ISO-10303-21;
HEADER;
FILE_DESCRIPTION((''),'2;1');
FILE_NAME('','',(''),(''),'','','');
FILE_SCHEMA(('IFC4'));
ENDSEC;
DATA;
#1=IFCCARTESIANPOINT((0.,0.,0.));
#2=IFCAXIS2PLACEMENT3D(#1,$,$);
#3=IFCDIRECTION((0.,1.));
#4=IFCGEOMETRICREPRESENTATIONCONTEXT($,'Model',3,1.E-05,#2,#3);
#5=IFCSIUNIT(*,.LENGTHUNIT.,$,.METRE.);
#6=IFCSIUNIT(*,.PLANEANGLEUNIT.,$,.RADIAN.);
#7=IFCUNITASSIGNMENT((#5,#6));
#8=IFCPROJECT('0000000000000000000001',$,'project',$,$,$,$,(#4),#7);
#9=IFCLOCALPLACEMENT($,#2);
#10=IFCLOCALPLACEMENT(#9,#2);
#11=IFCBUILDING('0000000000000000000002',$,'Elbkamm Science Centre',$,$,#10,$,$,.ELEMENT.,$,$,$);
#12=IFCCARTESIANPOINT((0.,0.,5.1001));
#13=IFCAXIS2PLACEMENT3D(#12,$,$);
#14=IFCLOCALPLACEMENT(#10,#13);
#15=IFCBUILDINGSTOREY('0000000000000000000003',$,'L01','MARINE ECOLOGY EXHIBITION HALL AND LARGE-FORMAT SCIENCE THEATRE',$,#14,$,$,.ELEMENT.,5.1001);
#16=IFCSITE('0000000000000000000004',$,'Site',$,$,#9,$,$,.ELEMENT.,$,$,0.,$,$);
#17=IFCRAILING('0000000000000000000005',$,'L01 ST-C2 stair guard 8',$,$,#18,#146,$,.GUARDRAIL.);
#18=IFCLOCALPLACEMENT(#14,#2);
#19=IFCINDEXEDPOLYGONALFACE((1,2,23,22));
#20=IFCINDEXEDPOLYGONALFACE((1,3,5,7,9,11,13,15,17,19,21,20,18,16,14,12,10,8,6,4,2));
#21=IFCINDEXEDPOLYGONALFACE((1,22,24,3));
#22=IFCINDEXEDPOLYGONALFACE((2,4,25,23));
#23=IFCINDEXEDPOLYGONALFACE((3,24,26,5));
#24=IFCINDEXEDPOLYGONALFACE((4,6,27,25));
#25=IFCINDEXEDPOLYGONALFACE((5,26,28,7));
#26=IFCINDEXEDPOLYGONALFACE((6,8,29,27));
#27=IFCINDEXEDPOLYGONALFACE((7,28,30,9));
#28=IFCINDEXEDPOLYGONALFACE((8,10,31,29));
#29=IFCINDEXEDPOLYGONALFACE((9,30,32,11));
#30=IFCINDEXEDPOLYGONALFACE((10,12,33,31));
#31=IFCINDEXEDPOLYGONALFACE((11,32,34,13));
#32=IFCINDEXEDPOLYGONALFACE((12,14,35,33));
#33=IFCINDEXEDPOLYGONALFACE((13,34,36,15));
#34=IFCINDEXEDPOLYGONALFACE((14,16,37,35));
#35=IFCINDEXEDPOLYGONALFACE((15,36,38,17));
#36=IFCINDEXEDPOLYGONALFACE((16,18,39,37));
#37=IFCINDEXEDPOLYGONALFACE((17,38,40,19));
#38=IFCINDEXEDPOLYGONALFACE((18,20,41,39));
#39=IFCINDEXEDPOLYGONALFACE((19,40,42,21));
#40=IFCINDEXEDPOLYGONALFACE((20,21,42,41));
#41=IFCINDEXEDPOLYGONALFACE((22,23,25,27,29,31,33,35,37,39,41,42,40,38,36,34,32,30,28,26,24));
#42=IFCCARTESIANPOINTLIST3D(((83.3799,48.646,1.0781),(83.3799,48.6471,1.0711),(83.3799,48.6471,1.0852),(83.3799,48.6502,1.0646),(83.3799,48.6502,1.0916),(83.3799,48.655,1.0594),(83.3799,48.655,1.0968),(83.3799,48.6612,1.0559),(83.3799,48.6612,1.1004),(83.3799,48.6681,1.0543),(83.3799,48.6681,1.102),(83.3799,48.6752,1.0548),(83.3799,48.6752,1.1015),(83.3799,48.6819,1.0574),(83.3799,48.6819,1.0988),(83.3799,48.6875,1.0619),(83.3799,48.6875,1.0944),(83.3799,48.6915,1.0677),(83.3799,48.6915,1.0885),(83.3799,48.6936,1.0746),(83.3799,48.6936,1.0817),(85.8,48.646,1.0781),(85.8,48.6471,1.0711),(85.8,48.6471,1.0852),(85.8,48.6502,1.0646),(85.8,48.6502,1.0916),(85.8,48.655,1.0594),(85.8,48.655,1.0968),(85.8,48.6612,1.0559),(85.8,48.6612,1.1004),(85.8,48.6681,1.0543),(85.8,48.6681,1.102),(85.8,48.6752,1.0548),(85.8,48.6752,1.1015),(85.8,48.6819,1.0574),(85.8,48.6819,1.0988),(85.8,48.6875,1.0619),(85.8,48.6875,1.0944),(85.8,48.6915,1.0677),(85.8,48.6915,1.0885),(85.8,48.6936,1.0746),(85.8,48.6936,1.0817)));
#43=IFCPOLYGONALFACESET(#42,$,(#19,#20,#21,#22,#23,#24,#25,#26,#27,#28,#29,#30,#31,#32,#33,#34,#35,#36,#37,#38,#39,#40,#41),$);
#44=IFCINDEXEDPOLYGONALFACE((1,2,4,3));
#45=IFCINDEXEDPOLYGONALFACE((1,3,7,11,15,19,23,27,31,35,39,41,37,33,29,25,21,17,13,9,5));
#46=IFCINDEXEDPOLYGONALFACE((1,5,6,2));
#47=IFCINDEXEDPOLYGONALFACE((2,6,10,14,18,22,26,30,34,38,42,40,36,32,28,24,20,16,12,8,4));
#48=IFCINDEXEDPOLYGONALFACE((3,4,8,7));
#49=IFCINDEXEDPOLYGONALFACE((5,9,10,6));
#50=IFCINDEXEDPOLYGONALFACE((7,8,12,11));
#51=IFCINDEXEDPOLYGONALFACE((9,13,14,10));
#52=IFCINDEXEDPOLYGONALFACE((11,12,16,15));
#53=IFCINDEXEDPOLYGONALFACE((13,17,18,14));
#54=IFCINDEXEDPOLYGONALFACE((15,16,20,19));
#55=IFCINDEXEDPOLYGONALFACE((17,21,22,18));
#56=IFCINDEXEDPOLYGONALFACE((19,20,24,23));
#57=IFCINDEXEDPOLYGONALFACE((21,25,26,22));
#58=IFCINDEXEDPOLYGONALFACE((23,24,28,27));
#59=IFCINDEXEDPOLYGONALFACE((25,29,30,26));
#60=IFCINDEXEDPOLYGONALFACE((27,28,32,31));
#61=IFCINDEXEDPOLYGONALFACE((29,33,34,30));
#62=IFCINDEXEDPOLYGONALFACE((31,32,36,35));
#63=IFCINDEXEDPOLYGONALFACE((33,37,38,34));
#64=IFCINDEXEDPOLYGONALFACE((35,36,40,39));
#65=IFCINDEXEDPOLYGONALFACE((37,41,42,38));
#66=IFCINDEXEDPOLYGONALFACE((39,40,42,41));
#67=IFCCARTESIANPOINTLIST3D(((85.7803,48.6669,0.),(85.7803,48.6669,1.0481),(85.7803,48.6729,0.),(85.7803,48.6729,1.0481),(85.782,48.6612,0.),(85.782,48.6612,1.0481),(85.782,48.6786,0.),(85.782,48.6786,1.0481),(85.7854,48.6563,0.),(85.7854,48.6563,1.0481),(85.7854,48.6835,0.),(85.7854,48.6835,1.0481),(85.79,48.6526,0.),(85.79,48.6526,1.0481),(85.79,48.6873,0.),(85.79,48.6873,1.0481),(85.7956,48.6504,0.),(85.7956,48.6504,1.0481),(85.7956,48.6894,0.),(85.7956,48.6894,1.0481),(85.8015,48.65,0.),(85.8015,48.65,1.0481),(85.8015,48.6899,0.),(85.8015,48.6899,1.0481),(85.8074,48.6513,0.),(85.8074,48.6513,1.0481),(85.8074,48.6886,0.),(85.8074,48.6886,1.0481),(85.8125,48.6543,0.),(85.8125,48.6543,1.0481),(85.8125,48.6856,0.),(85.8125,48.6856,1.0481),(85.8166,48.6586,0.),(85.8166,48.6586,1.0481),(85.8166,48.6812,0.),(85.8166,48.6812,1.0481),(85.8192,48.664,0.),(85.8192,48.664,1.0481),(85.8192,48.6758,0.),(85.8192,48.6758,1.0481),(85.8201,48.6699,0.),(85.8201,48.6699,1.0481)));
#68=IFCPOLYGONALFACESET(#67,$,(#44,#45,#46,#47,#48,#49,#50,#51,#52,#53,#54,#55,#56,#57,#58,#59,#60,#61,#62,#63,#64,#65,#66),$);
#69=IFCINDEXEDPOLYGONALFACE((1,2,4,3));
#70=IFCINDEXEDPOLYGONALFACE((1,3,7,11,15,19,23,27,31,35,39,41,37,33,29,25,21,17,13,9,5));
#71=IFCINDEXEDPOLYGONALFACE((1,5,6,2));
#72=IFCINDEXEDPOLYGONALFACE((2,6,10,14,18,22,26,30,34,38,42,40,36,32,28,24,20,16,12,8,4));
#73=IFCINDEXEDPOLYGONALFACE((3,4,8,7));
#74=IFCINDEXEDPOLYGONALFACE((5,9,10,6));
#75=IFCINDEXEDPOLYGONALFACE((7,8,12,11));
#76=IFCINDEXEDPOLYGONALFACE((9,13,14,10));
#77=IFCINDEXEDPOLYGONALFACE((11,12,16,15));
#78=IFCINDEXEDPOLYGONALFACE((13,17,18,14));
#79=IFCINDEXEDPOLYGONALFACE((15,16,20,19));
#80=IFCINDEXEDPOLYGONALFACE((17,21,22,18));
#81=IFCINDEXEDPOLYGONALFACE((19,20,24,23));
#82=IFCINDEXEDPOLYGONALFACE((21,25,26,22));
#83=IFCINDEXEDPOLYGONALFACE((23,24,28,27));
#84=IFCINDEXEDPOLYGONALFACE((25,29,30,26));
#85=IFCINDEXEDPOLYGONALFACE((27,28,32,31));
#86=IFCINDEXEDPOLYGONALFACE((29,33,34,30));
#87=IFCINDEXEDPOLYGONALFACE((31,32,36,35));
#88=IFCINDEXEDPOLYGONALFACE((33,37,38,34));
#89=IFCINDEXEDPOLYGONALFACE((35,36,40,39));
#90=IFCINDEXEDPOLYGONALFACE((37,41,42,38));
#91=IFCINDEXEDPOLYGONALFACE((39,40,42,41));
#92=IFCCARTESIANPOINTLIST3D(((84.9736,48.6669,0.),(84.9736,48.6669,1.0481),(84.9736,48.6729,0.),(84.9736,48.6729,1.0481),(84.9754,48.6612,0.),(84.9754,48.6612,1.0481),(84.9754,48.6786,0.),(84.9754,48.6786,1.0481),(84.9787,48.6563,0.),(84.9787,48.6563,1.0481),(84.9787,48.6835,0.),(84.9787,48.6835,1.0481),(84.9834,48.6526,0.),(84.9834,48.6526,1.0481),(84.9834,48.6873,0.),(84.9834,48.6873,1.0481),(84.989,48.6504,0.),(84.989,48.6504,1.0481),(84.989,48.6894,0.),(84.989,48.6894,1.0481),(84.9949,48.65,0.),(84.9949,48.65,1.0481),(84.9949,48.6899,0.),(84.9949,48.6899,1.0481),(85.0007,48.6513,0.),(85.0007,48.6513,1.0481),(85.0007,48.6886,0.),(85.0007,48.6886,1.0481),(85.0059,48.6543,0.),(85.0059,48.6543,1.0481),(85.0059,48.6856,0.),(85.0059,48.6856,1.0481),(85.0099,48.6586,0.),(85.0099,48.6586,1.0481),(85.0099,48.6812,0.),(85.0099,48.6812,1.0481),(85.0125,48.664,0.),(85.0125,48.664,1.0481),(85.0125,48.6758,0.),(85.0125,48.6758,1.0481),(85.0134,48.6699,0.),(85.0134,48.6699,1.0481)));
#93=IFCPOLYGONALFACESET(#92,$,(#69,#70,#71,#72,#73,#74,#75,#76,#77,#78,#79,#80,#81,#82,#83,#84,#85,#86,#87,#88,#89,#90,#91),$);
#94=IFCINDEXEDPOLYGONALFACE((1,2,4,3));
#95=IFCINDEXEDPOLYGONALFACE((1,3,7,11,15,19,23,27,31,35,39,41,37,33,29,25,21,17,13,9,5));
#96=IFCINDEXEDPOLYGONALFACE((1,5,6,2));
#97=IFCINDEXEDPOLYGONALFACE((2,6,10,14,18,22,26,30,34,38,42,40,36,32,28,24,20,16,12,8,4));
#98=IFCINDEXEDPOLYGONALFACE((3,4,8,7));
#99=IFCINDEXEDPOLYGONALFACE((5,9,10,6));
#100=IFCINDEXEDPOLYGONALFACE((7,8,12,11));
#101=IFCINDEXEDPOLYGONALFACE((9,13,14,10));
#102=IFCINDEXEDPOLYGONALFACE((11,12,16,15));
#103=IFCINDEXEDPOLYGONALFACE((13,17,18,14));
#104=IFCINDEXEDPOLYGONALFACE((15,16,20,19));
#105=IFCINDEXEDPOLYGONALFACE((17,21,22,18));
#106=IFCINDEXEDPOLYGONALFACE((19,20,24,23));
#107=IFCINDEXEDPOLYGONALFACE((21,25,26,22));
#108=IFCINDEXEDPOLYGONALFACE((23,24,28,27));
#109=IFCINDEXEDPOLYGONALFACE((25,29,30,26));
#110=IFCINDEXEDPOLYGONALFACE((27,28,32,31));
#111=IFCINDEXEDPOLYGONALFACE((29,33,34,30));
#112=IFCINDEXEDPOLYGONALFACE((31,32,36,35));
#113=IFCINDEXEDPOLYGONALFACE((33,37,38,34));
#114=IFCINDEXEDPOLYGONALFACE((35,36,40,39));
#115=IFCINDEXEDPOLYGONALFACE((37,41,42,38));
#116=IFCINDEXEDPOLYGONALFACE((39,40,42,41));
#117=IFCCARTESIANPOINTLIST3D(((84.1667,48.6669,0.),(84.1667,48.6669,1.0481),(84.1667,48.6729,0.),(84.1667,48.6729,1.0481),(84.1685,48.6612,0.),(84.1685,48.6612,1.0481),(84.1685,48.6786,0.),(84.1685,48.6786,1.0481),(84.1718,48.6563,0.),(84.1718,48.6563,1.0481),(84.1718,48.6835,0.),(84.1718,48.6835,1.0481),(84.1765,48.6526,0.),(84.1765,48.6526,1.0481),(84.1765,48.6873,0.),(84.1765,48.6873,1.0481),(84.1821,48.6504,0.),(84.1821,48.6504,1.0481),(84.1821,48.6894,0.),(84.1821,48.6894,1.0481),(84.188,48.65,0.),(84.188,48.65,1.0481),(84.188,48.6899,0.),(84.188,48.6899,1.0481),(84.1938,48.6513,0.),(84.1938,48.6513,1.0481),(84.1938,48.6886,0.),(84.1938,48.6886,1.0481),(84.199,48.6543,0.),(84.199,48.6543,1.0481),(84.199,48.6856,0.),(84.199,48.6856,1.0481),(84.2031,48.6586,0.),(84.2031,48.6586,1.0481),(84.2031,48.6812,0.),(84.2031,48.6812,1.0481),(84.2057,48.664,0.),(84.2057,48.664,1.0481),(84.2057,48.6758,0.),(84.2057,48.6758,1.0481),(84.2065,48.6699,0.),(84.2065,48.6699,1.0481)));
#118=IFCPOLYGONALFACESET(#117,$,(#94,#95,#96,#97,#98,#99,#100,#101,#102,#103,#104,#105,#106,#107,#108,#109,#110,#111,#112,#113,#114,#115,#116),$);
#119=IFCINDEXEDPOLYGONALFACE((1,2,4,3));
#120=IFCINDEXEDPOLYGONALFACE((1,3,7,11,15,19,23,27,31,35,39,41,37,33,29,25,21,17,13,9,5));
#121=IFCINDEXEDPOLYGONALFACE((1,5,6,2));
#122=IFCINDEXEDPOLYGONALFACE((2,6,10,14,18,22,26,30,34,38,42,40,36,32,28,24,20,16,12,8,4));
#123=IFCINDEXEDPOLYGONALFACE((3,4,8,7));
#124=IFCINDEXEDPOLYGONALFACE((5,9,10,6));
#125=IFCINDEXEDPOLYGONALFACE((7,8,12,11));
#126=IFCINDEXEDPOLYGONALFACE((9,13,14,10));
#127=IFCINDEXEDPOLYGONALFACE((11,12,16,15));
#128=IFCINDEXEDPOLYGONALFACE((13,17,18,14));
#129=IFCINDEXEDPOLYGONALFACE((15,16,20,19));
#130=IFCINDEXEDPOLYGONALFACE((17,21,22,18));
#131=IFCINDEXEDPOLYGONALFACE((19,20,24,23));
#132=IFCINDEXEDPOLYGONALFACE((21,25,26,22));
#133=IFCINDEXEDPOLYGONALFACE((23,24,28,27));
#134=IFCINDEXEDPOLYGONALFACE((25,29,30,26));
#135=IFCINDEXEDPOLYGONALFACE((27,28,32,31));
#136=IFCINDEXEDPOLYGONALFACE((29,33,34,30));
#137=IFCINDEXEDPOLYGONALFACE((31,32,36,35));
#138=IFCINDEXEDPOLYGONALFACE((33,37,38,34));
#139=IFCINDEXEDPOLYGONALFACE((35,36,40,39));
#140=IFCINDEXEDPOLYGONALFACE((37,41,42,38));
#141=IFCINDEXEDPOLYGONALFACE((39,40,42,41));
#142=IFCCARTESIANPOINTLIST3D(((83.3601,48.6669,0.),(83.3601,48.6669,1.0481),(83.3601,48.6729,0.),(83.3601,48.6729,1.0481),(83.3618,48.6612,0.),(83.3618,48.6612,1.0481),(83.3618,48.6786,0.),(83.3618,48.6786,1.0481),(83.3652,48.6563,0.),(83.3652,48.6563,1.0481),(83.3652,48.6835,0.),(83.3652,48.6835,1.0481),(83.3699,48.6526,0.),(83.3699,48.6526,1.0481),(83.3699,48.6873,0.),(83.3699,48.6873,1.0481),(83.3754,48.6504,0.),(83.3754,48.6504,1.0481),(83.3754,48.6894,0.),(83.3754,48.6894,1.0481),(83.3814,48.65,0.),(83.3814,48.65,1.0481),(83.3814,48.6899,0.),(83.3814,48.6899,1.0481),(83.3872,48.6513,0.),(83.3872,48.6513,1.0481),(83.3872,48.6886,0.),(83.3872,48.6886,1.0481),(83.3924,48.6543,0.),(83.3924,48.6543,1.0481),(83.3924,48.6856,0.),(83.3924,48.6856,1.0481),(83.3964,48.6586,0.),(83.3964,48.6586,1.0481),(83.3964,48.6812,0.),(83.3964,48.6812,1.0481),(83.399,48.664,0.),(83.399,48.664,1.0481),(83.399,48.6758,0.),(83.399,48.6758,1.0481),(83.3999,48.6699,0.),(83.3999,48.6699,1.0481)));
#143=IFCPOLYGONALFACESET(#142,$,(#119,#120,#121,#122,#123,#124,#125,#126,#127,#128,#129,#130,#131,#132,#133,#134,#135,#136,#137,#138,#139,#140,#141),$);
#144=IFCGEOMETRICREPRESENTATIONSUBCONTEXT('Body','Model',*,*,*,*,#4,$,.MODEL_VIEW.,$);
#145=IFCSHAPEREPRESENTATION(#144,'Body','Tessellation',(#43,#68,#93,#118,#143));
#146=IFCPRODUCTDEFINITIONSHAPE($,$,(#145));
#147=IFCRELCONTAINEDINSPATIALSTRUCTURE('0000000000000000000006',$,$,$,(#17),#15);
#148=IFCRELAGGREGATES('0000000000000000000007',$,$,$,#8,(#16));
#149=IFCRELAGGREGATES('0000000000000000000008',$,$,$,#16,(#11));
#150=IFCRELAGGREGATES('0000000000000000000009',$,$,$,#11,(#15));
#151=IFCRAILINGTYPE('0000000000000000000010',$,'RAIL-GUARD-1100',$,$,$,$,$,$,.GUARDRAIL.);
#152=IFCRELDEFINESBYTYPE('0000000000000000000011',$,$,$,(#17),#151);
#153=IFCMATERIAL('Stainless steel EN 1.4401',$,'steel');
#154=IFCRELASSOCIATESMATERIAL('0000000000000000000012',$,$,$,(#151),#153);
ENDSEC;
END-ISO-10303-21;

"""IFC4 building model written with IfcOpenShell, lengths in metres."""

from ifc_helpers import new_model, si_unit, direction, frame, origin, origin_2d, place, context, subcontext, project, spatial, circle, extrude, material, type_object, element, save


model = new_model("IFC4")

# Units and contexts
model_context = context("Model", 3, precision=1e-05, world=origin(), true_north=direction((0.0, 1.0)))
body_context = subcontext(model_context, "Body", "Model", "MODEL_VIEW")
ifc_project = project(units=[si_unit("LENGTHUNIT", "METRE"), si_unit("PLANEANGLEUNIT", "RADIAN")], contexts=[model_context])

# Site, building, storey
site_placement = place(None, origin())
site = spatial("IfcSite", under=ifc_project, at=site_placement, Name="Site", CompositionType="ELEMENT", RefElevation=0.0)
building_placement = place(site_placement, origin())
building = spatial("IfcBuilding", under=site, at=building_placement, Name="Elbkamm Science Centre", CompositionType="ELEMENT")
storey_placement = place(building_placement, frame((0.0, 0.0, 5.1001)))
storey = spatial("IfcBuildingStorey", under=building, at=storey_placement, Name="L01", Description="MARINE ECOLOGY EXHIBITION HALL AND LARGE-FORMAT SCIENCE THEATRE", CompositionType="ELEMENT", Elevation=5.1001)

# Railing
ifc_material_1 = material(Name="Stainless steel EN 1.4401", Category="steel")
railing_type_1 = type_object("IfcRailingType", Name="RAIL-GUARD-1100", PredefinedType="GUARDRAIL", material=ifc_material_1)
railing_1_placement = place(storey_placement, frame((85.8, 48.6699, 0.0)))
element("IfcRailing", 1, at=railing_1_placement, inside=storey, type_object=railing_type_1, Name="L01 ST-C2 stair guard 8", PredefinedType="GUARDRAIL", context=body_context, shape_type="SweptSolid", body=[
    extrude(circle(Radius=0.0239, at=origin_2d()), frame((0.0, 0.0, 1.0781), z_axis=(-1.0, 0.0, 0.0), x_axis=(0.0, -1.0, 0.0)), (0.0, 0.0, 1.0), 2.4202),
    extrude(circle(Radius=0.02, at=origin_2d()), origin(), (0.0, 0.0, 1.0), 1.0481),
    extrude(circle(Radius=0.02, at=origin_2d()), frame((-0.8066, 0.0, 0.0)), (0.0, 0.0, 1.0), 1.0481),
    extrude(circle(Radius=0.02, at=origin_2d()), frame((-1.6135, 0.0, 0.0)), (0.0, 0.0, 1.0), 1.0481),
    extrude(circle(Radius=0.02, at=origin_2d()), frame((-2.4202, 0.0, 0.0)), (0.0, 0.0, 1.0), 1.0481),
])

save(model, "model.ifc")
